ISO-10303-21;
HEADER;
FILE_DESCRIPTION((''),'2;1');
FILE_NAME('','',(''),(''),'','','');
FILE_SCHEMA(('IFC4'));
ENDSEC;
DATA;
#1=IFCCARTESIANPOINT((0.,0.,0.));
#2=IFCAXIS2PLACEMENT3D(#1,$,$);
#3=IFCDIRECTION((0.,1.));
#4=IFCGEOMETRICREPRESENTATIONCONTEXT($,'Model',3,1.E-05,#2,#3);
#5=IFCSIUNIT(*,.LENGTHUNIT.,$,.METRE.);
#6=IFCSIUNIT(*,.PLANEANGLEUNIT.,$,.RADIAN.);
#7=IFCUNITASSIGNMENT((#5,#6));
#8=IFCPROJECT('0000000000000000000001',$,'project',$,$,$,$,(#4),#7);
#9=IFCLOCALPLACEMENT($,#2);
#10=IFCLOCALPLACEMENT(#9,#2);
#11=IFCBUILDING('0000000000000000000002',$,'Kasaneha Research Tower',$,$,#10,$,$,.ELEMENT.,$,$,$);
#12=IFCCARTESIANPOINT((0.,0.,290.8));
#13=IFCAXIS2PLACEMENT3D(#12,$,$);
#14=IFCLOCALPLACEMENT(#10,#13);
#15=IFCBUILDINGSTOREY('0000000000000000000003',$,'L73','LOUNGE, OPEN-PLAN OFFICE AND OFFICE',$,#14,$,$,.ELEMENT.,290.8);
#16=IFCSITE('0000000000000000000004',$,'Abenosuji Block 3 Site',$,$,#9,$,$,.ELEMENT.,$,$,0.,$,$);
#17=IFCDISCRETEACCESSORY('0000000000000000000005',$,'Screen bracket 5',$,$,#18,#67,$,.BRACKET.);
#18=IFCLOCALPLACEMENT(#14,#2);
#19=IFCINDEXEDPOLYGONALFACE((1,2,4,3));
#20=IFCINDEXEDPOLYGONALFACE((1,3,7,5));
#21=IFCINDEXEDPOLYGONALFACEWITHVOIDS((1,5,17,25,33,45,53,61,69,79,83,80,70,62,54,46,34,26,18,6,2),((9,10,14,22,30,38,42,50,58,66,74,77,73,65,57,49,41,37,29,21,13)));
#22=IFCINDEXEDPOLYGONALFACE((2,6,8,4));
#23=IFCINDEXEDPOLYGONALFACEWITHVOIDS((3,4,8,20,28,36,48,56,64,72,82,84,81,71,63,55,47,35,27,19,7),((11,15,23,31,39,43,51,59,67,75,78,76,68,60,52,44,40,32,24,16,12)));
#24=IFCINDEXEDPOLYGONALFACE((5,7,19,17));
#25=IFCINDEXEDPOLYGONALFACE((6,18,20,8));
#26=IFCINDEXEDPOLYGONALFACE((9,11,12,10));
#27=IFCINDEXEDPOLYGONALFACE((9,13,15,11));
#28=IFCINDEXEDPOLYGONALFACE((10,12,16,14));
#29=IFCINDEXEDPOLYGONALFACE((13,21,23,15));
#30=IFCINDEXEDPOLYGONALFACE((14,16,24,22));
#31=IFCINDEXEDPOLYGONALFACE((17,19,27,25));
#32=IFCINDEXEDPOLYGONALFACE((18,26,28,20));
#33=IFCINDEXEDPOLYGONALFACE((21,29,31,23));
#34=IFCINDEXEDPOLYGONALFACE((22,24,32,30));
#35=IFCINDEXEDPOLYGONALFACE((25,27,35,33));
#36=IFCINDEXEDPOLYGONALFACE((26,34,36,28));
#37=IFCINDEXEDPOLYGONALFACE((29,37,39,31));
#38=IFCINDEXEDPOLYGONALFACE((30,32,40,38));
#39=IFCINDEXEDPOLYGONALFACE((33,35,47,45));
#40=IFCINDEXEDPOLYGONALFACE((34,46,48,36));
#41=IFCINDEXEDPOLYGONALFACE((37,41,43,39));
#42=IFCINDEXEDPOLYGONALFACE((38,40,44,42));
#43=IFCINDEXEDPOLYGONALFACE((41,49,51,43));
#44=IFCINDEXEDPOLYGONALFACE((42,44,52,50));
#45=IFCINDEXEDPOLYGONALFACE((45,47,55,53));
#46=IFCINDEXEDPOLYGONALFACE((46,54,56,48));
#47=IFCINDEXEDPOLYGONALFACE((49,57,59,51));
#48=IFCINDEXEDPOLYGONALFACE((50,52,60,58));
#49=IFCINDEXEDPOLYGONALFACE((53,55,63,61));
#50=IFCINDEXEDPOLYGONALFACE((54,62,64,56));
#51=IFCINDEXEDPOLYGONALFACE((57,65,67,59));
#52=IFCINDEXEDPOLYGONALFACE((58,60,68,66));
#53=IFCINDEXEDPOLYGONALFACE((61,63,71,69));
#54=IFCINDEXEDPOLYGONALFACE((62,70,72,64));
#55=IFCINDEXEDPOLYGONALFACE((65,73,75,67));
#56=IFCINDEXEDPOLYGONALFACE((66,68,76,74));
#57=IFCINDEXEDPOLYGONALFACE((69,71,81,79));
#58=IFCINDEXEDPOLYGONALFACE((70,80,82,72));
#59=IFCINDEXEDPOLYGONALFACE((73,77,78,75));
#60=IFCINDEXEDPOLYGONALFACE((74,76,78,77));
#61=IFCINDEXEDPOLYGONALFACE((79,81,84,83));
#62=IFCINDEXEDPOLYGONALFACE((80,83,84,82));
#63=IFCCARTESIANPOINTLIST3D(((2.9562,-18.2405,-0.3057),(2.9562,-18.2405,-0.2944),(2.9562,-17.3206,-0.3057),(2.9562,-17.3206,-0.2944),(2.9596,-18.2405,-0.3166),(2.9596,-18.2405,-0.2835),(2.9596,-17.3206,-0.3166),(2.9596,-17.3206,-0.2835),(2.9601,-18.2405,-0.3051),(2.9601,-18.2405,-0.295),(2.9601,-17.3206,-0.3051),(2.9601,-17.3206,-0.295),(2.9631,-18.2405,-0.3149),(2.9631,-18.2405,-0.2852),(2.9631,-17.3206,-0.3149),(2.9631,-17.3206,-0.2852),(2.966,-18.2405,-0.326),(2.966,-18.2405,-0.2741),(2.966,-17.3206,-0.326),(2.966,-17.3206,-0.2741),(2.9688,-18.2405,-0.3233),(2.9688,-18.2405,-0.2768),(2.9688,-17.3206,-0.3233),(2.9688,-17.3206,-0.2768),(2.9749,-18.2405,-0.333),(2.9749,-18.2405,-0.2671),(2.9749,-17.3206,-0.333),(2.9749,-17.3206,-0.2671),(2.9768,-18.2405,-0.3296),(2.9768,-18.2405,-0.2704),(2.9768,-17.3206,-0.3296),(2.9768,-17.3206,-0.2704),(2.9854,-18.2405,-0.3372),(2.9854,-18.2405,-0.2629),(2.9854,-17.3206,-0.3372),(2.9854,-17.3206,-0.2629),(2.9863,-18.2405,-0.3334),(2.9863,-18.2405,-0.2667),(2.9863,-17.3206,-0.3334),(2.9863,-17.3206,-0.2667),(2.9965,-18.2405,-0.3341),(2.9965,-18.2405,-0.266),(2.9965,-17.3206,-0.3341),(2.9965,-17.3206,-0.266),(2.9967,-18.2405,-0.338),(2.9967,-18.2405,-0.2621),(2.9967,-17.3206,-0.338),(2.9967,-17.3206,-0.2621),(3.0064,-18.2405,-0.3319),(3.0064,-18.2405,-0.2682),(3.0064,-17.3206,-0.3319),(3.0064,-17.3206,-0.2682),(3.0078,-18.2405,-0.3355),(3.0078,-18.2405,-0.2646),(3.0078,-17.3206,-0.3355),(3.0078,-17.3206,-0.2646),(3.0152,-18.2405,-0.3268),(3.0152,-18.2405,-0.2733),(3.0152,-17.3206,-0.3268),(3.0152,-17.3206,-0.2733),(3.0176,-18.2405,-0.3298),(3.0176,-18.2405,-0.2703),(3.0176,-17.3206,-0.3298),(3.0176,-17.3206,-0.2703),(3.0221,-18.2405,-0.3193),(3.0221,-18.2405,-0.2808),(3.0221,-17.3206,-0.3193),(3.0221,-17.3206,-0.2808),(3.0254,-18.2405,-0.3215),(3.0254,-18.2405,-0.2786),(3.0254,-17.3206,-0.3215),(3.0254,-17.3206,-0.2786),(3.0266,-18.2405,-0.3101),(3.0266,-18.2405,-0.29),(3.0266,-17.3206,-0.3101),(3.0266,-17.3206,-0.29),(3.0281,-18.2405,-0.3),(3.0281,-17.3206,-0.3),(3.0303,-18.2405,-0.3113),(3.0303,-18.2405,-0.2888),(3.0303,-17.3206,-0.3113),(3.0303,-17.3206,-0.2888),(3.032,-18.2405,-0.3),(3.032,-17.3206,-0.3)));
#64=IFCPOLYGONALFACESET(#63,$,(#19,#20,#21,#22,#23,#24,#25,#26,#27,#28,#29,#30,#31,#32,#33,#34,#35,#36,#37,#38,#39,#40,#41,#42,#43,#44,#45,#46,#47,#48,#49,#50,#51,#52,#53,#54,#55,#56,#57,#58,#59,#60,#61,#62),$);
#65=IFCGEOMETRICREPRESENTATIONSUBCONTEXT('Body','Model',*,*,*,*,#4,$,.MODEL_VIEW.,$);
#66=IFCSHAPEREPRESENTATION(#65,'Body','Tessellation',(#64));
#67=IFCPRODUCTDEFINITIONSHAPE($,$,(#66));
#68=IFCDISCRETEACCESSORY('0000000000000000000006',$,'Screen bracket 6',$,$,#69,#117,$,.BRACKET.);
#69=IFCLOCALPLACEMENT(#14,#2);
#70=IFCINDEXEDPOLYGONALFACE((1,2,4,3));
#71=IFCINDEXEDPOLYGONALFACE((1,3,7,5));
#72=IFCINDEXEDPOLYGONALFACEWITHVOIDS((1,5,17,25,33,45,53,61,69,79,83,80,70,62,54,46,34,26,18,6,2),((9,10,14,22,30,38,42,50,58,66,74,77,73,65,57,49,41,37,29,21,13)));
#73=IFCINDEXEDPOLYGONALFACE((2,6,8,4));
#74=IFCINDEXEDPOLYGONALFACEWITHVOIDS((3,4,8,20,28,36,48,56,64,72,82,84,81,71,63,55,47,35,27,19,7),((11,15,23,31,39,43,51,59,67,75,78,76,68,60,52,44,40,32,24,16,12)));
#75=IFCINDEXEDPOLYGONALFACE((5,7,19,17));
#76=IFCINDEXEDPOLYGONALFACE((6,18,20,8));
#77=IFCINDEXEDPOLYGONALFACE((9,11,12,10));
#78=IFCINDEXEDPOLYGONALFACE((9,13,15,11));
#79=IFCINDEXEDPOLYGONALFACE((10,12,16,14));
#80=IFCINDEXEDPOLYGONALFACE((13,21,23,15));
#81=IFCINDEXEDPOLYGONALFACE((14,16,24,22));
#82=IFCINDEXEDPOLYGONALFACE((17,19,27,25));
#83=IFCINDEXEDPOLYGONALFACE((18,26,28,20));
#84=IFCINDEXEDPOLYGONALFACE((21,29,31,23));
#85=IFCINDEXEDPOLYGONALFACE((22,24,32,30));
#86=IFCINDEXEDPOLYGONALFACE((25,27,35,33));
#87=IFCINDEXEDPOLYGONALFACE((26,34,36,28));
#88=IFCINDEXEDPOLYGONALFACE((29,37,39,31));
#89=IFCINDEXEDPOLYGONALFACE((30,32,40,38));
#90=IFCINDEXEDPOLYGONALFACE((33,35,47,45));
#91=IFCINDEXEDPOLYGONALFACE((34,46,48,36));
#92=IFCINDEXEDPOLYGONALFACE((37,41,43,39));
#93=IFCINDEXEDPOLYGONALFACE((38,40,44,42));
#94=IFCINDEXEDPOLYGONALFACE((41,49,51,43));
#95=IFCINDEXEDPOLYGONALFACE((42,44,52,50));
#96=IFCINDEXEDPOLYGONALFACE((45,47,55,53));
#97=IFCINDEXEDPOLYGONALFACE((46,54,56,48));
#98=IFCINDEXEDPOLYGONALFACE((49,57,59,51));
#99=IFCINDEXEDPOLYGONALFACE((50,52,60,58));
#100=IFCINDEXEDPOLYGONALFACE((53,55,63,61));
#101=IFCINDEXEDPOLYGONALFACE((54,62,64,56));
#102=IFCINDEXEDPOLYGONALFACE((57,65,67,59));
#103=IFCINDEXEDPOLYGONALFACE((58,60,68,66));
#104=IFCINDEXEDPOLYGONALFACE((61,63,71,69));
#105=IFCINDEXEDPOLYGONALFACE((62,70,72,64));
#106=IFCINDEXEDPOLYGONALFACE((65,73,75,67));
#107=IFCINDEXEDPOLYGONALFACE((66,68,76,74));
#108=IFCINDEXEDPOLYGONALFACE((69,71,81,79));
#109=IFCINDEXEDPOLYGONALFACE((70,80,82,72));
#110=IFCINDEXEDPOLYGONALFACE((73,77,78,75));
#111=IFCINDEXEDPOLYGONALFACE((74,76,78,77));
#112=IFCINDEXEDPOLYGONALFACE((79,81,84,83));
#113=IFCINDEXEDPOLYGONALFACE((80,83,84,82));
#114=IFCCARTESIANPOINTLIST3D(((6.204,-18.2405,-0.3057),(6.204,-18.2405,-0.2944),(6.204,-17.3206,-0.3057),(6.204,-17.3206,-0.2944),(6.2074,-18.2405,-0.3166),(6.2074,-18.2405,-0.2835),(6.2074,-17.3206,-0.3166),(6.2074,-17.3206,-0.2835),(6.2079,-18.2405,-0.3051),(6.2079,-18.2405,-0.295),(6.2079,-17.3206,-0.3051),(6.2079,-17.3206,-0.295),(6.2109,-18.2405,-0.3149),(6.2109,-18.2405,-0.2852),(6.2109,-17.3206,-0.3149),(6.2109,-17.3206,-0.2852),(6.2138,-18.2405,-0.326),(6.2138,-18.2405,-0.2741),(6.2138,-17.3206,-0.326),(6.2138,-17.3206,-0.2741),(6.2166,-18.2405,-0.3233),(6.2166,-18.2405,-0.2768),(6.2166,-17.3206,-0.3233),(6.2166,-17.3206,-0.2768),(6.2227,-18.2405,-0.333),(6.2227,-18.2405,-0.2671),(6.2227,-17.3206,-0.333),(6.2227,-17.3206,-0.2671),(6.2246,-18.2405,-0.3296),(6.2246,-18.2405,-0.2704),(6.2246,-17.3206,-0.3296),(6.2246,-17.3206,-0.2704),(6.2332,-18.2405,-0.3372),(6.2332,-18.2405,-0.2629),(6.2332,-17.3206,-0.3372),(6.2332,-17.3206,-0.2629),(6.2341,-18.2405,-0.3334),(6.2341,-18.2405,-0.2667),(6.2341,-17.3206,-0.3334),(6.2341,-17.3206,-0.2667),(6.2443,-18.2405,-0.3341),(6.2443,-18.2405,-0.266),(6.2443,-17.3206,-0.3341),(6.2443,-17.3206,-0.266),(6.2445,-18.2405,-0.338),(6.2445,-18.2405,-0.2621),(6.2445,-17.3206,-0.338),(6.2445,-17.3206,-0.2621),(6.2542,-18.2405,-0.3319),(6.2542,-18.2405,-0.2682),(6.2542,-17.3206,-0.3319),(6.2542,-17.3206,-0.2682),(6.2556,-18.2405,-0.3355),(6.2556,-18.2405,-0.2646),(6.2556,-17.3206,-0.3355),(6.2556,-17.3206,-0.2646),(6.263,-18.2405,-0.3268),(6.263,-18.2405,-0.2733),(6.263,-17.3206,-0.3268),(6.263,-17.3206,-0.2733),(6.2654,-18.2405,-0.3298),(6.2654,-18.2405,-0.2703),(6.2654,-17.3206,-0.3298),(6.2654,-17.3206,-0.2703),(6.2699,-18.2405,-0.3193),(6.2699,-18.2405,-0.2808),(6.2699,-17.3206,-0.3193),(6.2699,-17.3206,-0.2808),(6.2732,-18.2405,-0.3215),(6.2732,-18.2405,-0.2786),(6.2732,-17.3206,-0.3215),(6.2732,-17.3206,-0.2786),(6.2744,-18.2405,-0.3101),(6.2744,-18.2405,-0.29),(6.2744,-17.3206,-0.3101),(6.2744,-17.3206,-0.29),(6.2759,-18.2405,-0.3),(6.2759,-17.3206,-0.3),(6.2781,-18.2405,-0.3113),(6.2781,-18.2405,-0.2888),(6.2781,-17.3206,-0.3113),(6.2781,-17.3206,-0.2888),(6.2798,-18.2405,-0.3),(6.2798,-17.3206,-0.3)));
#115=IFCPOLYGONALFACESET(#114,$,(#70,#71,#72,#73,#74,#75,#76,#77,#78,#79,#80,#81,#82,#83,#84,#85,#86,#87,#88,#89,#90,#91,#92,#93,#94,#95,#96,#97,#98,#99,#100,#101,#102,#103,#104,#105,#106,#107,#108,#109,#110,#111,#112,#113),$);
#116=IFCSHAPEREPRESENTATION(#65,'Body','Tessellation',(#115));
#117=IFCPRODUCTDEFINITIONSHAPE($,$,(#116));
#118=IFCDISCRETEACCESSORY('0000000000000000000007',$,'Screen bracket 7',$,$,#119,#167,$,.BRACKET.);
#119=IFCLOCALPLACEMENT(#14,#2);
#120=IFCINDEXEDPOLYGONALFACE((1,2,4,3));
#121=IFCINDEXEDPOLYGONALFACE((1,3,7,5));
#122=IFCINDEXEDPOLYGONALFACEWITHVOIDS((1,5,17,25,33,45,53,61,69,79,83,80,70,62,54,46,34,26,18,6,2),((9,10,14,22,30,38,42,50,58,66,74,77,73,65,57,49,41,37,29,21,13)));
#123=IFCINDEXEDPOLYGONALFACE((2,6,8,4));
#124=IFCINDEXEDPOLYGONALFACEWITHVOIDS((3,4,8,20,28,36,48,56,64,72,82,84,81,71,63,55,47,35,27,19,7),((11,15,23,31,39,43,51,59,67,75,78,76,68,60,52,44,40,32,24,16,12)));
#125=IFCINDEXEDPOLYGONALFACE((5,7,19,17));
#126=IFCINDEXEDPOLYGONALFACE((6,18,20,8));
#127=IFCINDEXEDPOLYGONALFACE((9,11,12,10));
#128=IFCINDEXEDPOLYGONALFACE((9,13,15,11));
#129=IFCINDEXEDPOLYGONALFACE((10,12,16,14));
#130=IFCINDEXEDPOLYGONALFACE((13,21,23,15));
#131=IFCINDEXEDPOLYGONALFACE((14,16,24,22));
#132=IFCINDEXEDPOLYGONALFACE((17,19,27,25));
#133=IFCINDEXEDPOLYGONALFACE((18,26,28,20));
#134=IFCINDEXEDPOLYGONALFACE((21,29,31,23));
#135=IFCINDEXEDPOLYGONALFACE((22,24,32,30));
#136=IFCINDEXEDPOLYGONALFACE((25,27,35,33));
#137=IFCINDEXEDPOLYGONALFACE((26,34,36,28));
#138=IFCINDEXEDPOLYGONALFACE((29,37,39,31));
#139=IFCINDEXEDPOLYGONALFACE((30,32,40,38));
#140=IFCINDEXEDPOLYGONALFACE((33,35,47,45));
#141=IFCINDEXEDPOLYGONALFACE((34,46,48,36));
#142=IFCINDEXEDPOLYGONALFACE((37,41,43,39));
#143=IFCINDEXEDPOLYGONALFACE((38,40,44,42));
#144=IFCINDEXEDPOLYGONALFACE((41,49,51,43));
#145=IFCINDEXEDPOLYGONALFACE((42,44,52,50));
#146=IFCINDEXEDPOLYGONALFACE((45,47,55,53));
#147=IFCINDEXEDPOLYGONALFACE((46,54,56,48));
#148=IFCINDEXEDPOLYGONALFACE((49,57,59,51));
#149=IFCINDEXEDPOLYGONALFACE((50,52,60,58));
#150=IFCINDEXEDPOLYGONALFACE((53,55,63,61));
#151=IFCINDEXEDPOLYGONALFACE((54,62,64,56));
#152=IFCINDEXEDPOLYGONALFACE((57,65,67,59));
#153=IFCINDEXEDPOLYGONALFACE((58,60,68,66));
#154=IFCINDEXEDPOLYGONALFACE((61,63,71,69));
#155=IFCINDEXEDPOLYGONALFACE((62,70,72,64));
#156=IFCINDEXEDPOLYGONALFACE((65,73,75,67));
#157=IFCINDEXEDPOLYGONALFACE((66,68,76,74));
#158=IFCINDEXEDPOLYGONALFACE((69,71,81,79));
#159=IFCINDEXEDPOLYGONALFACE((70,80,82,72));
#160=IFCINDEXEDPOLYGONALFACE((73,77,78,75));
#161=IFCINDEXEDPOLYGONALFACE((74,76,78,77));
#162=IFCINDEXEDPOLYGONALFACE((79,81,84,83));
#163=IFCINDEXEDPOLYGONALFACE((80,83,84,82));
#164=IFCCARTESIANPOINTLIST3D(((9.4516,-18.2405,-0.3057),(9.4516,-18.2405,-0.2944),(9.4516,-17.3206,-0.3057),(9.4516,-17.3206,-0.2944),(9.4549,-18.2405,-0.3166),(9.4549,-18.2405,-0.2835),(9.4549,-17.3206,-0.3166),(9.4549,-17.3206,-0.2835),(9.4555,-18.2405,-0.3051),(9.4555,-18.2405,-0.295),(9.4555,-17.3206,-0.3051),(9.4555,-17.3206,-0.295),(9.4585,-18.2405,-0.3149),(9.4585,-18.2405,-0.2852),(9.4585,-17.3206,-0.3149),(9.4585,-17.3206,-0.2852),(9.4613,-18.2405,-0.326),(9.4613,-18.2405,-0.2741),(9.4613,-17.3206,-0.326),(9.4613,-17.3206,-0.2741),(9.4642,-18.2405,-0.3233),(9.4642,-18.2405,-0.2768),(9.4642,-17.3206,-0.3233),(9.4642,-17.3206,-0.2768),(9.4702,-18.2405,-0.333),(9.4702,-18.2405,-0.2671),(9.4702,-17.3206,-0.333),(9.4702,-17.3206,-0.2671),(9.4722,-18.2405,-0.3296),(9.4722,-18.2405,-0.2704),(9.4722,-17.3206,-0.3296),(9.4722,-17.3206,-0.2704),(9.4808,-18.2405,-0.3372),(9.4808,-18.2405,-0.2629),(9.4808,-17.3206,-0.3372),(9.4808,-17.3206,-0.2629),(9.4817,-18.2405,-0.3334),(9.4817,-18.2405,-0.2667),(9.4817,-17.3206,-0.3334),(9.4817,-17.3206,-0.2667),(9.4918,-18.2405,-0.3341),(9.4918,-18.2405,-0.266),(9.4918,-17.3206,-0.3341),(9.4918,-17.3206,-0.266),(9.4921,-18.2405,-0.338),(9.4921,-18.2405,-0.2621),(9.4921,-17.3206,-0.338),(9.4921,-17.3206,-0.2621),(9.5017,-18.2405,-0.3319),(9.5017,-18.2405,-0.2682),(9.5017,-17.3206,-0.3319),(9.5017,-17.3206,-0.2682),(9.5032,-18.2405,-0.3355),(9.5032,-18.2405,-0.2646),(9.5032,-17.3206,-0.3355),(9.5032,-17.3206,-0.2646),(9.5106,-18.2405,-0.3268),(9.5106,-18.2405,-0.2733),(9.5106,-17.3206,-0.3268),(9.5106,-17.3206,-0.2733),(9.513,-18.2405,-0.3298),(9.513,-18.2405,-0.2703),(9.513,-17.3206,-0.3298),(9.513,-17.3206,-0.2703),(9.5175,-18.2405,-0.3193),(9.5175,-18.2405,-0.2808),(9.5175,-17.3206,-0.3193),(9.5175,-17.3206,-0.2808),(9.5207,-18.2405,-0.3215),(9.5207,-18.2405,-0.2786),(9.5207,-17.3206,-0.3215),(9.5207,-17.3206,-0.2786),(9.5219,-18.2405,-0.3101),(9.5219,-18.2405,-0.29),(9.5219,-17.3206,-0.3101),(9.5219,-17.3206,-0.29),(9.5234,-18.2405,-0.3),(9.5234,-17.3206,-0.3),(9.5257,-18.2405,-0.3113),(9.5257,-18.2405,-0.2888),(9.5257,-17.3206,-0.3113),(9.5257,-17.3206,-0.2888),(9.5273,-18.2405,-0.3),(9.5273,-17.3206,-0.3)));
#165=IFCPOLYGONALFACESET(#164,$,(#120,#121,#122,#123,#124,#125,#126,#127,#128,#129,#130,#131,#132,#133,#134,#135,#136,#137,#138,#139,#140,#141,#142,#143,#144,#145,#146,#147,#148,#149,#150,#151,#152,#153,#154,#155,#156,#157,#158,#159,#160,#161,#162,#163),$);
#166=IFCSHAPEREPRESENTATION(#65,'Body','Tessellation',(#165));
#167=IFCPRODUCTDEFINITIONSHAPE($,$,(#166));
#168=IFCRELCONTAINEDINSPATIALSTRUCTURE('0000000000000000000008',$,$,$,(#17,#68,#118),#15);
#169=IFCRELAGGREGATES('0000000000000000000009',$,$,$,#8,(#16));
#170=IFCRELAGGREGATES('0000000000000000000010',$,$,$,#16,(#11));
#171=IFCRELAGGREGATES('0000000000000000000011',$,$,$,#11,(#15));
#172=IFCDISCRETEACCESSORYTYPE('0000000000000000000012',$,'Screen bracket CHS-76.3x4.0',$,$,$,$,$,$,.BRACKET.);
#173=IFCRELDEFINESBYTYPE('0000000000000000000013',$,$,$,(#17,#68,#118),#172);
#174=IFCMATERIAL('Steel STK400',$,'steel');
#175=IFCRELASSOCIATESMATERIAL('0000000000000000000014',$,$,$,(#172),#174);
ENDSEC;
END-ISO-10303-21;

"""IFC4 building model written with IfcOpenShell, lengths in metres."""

from ifc_helpers import new_model, si_unit, direction, frame, origin, origin_2d, place, context, subcontext, project, spatial, hollow_circle, extrude, material, material_profile, profile_set, type_object, element, save


model = new_model("IFC4")

# Units and contexts
model_context = context("Model", 3, precision=1e-05, world=origin(), true_north=direction((0.0, 1.0)))
body_context = subcontext(model_context, "Body", "Model", "MODEL_VIEW")
ifc_project = project(units=[si_unit("LENGTHUNIT", "METRE"), si_unit("PLANEANGLEUNIT", "RADIAN")], contexts=[model_context])

# Site, building, storey
site_placement = place(None, origin())
site = spatial("IfcSite", under=ifc_project, at=site_placement, Name="Abenosuji Block 3 Site", CompositionType="ELEMENT", RefElevation=0.0)
building_placement = place(site_placement, origin())
building = spatial("IfcBuilding", under=site, at=building_placement, Name="Kasaneha Research Tower", CompositionType="ELEMENT")
storey_placement = place(building_placement, frame((0.0, 0.0, 290.8)))
storey = spatial("IfcBuildingStorey", under=building, at=storey_placement, Name="L73", Description="LOUNGE, OPEN-PLAN OFFICE AND OFFICE", CompositionType="ELEMENT", Elevation=290.8)

# Discrete accessories
ifc_material_1 = material(Name="Steel STK400", Category="steel")
ifc_material_profile_1 = material_profile(ifc_material_1, hollow_circle(Radius=0.0381, WallThickness=0.0039, at=origin_2d()), Name="CHS-76.3x4.0")
ifc_profile_set_1 = profile_set([ifc_material_profile_1], Name="Steel STK400")
discrete_accessory_type = type_object("IfcDiscreteAccessoryType", Name="Screen bracket CHS-76.3x4.0", PredefinedType="BRACKET", material=ifc_profile_set_1)
for number, where, z_axis, x_axis, name in (
    (1, (2.9939, -17.3206, -0.3), (0.0, -1.0, 0.0), (1.0, 0.0, 0.0), "Screen bracket 5"),
    (2, (6.2417, -17.3206, -0.3), (0.0, -1.0, 0.0), (1.0, 0.0, 0.0), "Screen bracket 6"),
    (3, (9.4893, -17.3206, -0.3), (0.0, -1.0, 0.0), (1.0, 0.0, 0.0), "Screen bracket 7"),
):
    element("IfcDiscreteAccessory", number, at=place(storey_placement, frame(where, z_axis=z_axis, x_axis=x_axis)), inside=storey, type_object=discrete_accessory_type, Name=name, PredefinedType="BRACKET", context=body_context, shape_type="SweptSolid", body=[
        extrude(hollow_circle(Radius=0.0381, WallThickness=0.0039, at=origin_2d()), origin(), (0.0, 0.0, 1.0), 0.9199),
    ])

save(model, "model.ifc")
